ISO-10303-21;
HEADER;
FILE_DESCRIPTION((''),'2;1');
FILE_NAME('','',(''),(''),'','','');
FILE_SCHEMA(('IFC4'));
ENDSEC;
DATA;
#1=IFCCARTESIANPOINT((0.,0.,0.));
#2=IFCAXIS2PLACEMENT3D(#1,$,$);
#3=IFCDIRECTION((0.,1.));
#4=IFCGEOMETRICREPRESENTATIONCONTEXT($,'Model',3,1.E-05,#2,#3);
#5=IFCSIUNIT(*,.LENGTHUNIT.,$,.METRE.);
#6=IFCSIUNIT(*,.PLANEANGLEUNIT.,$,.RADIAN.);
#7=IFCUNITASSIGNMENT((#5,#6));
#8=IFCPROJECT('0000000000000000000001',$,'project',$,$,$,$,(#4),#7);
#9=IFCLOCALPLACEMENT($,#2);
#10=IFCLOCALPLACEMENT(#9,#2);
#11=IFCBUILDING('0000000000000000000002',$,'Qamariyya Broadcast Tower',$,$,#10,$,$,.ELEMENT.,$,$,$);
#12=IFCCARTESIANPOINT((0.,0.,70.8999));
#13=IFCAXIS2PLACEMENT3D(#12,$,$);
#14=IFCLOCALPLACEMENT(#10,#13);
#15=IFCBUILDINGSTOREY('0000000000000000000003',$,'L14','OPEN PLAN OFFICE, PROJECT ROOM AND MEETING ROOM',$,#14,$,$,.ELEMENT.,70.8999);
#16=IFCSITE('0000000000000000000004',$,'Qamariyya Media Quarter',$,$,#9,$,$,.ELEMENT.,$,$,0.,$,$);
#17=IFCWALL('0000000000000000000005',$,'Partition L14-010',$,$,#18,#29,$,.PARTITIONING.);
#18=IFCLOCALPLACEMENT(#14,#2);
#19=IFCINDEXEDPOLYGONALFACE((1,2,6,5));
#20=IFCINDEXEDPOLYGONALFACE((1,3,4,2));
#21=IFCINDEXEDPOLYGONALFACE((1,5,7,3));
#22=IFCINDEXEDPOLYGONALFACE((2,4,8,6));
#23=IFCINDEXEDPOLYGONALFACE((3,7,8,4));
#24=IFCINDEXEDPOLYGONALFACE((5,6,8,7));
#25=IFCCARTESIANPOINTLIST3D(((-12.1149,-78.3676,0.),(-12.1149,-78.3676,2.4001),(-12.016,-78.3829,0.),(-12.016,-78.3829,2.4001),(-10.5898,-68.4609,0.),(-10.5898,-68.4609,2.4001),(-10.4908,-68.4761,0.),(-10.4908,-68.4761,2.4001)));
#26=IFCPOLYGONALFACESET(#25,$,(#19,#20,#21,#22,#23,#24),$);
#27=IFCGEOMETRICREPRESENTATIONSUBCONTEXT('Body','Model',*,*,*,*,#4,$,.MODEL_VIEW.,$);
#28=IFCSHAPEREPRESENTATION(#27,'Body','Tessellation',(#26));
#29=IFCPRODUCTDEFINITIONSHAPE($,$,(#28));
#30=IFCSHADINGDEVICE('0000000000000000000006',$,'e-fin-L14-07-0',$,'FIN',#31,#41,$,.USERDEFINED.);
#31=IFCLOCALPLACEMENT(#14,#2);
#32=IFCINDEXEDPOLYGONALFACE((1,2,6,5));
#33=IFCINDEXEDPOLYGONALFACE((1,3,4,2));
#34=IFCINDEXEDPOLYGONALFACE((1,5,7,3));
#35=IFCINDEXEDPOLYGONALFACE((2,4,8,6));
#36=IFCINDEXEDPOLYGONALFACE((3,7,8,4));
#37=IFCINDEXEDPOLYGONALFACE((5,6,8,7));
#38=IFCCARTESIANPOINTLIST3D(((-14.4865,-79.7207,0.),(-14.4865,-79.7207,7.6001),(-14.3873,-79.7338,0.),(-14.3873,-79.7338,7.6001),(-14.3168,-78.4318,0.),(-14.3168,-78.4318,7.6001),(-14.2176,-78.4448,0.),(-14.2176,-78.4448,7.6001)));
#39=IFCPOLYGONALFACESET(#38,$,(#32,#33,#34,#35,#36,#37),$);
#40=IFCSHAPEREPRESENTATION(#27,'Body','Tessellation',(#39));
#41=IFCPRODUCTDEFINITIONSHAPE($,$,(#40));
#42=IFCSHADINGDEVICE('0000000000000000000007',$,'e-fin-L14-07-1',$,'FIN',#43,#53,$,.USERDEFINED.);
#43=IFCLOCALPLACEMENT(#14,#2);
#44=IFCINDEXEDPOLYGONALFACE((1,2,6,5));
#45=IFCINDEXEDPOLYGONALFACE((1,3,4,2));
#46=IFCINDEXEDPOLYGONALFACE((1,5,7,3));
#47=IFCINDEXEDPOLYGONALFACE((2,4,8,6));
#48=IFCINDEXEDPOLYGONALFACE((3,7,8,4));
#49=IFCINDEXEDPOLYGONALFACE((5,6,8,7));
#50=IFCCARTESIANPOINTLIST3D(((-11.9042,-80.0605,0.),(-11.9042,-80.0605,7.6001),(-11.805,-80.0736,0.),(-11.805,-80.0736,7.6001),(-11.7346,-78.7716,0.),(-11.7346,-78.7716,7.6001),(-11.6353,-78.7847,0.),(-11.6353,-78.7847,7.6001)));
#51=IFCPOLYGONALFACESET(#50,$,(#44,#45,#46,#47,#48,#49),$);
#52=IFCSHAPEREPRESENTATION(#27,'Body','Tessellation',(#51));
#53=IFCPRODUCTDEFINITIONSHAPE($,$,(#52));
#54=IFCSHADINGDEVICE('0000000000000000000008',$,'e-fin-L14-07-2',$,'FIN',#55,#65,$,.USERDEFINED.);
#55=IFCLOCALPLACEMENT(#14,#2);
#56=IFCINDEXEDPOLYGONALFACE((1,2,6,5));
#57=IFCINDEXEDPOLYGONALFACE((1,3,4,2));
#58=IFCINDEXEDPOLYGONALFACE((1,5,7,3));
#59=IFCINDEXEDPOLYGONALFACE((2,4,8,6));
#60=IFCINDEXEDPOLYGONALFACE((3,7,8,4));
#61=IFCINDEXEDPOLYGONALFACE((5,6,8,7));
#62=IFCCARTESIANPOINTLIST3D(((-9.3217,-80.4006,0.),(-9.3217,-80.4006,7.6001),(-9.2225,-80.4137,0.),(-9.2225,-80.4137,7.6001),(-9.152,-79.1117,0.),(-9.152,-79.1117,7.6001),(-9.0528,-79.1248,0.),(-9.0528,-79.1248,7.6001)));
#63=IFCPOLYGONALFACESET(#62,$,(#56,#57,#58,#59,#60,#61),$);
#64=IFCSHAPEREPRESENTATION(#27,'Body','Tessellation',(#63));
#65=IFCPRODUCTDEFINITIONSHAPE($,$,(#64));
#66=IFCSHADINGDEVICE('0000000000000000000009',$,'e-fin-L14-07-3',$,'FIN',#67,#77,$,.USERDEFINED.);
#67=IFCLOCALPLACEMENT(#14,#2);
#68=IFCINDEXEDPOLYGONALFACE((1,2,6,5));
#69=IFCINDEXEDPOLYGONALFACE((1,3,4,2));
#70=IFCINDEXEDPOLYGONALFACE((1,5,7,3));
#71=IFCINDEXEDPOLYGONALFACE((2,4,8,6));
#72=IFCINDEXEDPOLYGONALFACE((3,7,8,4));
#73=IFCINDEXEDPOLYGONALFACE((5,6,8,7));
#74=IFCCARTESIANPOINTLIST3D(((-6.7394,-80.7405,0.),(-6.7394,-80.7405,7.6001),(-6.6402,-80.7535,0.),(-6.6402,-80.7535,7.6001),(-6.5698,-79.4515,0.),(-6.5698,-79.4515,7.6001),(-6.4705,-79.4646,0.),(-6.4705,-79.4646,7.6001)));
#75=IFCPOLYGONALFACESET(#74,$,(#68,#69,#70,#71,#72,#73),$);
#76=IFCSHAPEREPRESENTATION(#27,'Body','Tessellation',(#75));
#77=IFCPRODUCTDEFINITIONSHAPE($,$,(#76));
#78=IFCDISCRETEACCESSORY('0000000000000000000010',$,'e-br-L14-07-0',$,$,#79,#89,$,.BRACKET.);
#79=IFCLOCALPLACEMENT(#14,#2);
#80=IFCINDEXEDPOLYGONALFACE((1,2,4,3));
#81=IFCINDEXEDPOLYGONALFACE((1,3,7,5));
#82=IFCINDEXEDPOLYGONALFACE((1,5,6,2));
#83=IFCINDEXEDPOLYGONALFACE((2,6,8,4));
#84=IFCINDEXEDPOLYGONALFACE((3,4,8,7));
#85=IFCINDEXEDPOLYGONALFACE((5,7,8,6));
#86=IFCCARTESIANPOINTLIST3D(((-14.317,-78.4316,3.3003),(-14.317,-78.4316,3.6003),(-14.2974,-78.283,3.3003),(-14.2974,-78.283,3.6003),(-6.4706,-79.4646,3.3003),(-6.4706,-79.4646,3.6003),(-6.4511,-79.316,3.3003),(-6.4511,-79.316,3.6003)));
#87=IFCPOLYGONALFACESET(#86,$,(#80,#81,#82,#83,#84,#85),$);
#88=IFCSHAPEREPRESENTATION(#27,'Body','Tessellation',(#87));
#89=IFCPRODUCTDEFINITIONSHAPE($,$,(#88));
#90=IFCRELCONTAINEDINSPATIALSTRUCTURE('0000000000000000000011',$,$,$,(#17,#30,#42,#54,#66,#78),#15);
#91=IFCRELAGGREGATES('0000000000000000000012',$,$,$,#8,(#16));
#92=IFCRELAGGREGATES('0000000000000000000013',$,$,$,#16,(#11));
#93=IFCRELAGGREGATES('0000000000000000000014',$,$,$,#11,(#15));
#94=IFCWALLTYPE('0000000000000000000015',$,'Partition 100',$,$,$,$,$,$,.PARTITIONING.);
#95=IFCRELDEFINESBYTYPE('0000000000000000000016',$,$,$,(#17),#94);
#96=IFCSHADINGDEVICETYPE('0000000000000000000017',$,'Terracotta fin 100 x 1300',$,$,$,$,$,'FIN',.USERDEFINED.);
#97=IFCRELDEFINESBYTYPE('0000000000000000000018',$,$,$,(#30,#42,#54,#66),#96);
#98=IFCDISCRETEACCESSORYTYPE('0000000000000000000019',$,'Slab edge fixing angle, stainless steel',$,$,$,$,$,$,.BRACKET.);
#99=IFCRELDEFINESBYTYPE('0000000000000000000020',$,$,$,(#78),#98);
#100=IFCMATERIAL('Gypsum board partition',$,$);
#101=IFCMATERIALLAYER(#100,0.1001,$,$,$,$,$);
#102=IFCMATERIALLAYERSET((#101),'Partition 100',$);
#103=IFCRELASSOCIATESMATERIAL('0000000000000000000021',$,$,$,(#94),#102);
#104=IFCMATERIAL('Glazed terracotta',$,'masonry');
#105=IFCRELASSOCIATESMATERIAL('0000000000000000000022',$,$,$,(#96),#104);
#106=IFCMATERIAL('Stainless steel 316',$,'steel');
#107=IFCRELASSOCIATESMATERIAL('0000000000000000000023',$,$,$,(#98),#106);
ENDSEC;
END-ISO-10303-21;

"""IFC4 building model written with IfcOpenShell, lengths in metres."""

from ifc_helpers import new_model, si_unit, direction, frame, frame_2d, origin, origin_2d, place, context, subcontext, project, spatial, rectangle, extrude, material, layer, layer_set, material_profile, profile_set, type_object, element, save


model = new_model("IFC4")

# Units and contexts
model_context = context("Model", 3, precision=1e-05, world=origin(), true_north=direction((0.0, 1.0)))
body_context = subcontext(model_context, "Body", "Model", "MODEL_VIEW")
ifc_project = project(units=[si_unit("LENGTHUNIT", "METRE"), si_unit("PLANEANGLEUNIT", "RADIAN")], contexts=[model_context])

# Site, building, storey
site_placement = place(None, origin())
site = spatial("IfcSite", under=ifc_project, at=site_placement, Name="Qamariyya Media Quarter", CompositionType="ELEMENT", RefElevation=0.0)
building_placement = place(site_placement, origin())
building = spatial("IfcBuilding", under=site, at=building_placement, Name="Qamariyya Broadcast Tower", CompositionType="ELEMENT")
storey_placement = place(building_placement, frame((0.0, 0.0, 70.8999)))
storey = spatial("IfcBuildingStorey", under=building, at=storey_placement, Name="L14", Description="OPEN PLAN OFFICE, PROJECT ROOM AND MEETING ROOM", CompositionType="ELEMENT", Elevation=70.8999)

# Shared definitions
ifc_material_1 = material(Name="Gypsum board partition")

# Wall
ifc_layer_1 = layer(ifc_material_1, 0.1001)
ifc_layer_set_1 = layer_set([ifc_layer_1], Name="Partition 100")
wall_type_1 = type_object("IfcWallType", Name="Partition 100", PredefinedType="PARTITIONING", material=ifc_layer_set_1)
wall_1_placement = place(storey_placement, frame((-12.0654, -78.3752, 0.0), z_axis=(0.0, 0.0, 1.0), x_axis=(0.152158, 0.988356, 0.0)))
element("IfcWall", 1, at=wall_1_placement, inside=storey, type_object=wall_type_1, Name="Partition L14-010", PredefinedType="PARTITIONING", context=body_context, shape_type="SweptSolid", body=[
    extrude(rectangle(XDim=10.0234, YDim=0.1001, at=frame_2d((5.0117, 0.0))), origin(), (0.0, 0.0, 1.0), 2.4001),
])

# Shading devices
ifc_material_2 = material(Name="Glazed terracotta", Category="masonry")
ifc_material_profile_1 = material_profile(ifc_material_2, rectangle(XDim=1.3, YDim=0.1001, at=origin_2d()))
ifc_profile_set_1 = profile_set([ifc_material_profile_1], Name="Glazed terracotta")
shading_device_type_1 = type_object("IfcShadingDeviceType", Name="Terracotta fin 100 x 1300", ElementType="FIN", PredefinedType="USERDEFINED", material=ifc_profile_set_1)
for number, where, z_axis, x_axis, name in (
    (2, (-14.3521, -79.0828, 0.0), (0.0, 0.0, 1.0), (-0.130526, -0.991445, 0.0), "e-fin-L14-07-0"),
    (3, (-11.7698, -79.4226, 0.0), (0.0, 0.0, 1.0), (-0.130526, -0.991445, 0.0), "e-fin-L14-07-1"),
    (4, (-9.1873, -79.7627, 0.0), (0.0, 0.0, 1.0), (-0.130526, -0.991445, 0.0), "e-fin-L14-07-2"),
    (5, (-6.605, -80.1025, 0.0), (0.0, 0.0, 1.0), (-0.130526, -0.991445, 0.0), "e-fin-L14-07-3"),
):
    element("IfcShadingDevice", number, at=place(storey_placement, frame(where, z_axis=z_axis, x_axis=x_axis)), inside=storey, type_object=shading_device_type_1, Name=name, ObjectType="FIN", PredefinedType="USERDEFINED", context=body_context, shape_type="SweptSolid", body=[
        extrude(rectangle(XDim=1.3, YDim=0.1001, at=origin_2d()), origin(), (0.0, 0.0, 1.0), 7.6001),
    ])

# Discrete accessory
ifc_material_3 = material(Name="Stainless steel 316", Category="steel")
discrete_accessory_type = type_object("IfcDiscreteAccessoryType", Name="Slab edge fixing angle, stainless steel", PredefinedType="BRACKET", material=ifc_material_3)
discrete_accessory_placement = place(storey_placement, frame((-10.384, -78.8738, 3.3003), z_axis=(0.0, 0.0, 1.0), x_axis=(0.991445, -0.130526, 0.0)))
element("IfcDiscreteAccessory", 6, at=discrete_accessory_placement, inside=storey, type_object=discrete_accessory_type, Name="e-br-L14-07-0", PredefinedType="BRACKET", context=body_context, shape_type="SweptSolid", body=[
    extrude(rectangle(XDim=7.9141, YDim=0.1499, at=origin_2d()), origin(), (0.0, 0.0, 1.0), 0.3),
])

save(model, "model.ifc")
